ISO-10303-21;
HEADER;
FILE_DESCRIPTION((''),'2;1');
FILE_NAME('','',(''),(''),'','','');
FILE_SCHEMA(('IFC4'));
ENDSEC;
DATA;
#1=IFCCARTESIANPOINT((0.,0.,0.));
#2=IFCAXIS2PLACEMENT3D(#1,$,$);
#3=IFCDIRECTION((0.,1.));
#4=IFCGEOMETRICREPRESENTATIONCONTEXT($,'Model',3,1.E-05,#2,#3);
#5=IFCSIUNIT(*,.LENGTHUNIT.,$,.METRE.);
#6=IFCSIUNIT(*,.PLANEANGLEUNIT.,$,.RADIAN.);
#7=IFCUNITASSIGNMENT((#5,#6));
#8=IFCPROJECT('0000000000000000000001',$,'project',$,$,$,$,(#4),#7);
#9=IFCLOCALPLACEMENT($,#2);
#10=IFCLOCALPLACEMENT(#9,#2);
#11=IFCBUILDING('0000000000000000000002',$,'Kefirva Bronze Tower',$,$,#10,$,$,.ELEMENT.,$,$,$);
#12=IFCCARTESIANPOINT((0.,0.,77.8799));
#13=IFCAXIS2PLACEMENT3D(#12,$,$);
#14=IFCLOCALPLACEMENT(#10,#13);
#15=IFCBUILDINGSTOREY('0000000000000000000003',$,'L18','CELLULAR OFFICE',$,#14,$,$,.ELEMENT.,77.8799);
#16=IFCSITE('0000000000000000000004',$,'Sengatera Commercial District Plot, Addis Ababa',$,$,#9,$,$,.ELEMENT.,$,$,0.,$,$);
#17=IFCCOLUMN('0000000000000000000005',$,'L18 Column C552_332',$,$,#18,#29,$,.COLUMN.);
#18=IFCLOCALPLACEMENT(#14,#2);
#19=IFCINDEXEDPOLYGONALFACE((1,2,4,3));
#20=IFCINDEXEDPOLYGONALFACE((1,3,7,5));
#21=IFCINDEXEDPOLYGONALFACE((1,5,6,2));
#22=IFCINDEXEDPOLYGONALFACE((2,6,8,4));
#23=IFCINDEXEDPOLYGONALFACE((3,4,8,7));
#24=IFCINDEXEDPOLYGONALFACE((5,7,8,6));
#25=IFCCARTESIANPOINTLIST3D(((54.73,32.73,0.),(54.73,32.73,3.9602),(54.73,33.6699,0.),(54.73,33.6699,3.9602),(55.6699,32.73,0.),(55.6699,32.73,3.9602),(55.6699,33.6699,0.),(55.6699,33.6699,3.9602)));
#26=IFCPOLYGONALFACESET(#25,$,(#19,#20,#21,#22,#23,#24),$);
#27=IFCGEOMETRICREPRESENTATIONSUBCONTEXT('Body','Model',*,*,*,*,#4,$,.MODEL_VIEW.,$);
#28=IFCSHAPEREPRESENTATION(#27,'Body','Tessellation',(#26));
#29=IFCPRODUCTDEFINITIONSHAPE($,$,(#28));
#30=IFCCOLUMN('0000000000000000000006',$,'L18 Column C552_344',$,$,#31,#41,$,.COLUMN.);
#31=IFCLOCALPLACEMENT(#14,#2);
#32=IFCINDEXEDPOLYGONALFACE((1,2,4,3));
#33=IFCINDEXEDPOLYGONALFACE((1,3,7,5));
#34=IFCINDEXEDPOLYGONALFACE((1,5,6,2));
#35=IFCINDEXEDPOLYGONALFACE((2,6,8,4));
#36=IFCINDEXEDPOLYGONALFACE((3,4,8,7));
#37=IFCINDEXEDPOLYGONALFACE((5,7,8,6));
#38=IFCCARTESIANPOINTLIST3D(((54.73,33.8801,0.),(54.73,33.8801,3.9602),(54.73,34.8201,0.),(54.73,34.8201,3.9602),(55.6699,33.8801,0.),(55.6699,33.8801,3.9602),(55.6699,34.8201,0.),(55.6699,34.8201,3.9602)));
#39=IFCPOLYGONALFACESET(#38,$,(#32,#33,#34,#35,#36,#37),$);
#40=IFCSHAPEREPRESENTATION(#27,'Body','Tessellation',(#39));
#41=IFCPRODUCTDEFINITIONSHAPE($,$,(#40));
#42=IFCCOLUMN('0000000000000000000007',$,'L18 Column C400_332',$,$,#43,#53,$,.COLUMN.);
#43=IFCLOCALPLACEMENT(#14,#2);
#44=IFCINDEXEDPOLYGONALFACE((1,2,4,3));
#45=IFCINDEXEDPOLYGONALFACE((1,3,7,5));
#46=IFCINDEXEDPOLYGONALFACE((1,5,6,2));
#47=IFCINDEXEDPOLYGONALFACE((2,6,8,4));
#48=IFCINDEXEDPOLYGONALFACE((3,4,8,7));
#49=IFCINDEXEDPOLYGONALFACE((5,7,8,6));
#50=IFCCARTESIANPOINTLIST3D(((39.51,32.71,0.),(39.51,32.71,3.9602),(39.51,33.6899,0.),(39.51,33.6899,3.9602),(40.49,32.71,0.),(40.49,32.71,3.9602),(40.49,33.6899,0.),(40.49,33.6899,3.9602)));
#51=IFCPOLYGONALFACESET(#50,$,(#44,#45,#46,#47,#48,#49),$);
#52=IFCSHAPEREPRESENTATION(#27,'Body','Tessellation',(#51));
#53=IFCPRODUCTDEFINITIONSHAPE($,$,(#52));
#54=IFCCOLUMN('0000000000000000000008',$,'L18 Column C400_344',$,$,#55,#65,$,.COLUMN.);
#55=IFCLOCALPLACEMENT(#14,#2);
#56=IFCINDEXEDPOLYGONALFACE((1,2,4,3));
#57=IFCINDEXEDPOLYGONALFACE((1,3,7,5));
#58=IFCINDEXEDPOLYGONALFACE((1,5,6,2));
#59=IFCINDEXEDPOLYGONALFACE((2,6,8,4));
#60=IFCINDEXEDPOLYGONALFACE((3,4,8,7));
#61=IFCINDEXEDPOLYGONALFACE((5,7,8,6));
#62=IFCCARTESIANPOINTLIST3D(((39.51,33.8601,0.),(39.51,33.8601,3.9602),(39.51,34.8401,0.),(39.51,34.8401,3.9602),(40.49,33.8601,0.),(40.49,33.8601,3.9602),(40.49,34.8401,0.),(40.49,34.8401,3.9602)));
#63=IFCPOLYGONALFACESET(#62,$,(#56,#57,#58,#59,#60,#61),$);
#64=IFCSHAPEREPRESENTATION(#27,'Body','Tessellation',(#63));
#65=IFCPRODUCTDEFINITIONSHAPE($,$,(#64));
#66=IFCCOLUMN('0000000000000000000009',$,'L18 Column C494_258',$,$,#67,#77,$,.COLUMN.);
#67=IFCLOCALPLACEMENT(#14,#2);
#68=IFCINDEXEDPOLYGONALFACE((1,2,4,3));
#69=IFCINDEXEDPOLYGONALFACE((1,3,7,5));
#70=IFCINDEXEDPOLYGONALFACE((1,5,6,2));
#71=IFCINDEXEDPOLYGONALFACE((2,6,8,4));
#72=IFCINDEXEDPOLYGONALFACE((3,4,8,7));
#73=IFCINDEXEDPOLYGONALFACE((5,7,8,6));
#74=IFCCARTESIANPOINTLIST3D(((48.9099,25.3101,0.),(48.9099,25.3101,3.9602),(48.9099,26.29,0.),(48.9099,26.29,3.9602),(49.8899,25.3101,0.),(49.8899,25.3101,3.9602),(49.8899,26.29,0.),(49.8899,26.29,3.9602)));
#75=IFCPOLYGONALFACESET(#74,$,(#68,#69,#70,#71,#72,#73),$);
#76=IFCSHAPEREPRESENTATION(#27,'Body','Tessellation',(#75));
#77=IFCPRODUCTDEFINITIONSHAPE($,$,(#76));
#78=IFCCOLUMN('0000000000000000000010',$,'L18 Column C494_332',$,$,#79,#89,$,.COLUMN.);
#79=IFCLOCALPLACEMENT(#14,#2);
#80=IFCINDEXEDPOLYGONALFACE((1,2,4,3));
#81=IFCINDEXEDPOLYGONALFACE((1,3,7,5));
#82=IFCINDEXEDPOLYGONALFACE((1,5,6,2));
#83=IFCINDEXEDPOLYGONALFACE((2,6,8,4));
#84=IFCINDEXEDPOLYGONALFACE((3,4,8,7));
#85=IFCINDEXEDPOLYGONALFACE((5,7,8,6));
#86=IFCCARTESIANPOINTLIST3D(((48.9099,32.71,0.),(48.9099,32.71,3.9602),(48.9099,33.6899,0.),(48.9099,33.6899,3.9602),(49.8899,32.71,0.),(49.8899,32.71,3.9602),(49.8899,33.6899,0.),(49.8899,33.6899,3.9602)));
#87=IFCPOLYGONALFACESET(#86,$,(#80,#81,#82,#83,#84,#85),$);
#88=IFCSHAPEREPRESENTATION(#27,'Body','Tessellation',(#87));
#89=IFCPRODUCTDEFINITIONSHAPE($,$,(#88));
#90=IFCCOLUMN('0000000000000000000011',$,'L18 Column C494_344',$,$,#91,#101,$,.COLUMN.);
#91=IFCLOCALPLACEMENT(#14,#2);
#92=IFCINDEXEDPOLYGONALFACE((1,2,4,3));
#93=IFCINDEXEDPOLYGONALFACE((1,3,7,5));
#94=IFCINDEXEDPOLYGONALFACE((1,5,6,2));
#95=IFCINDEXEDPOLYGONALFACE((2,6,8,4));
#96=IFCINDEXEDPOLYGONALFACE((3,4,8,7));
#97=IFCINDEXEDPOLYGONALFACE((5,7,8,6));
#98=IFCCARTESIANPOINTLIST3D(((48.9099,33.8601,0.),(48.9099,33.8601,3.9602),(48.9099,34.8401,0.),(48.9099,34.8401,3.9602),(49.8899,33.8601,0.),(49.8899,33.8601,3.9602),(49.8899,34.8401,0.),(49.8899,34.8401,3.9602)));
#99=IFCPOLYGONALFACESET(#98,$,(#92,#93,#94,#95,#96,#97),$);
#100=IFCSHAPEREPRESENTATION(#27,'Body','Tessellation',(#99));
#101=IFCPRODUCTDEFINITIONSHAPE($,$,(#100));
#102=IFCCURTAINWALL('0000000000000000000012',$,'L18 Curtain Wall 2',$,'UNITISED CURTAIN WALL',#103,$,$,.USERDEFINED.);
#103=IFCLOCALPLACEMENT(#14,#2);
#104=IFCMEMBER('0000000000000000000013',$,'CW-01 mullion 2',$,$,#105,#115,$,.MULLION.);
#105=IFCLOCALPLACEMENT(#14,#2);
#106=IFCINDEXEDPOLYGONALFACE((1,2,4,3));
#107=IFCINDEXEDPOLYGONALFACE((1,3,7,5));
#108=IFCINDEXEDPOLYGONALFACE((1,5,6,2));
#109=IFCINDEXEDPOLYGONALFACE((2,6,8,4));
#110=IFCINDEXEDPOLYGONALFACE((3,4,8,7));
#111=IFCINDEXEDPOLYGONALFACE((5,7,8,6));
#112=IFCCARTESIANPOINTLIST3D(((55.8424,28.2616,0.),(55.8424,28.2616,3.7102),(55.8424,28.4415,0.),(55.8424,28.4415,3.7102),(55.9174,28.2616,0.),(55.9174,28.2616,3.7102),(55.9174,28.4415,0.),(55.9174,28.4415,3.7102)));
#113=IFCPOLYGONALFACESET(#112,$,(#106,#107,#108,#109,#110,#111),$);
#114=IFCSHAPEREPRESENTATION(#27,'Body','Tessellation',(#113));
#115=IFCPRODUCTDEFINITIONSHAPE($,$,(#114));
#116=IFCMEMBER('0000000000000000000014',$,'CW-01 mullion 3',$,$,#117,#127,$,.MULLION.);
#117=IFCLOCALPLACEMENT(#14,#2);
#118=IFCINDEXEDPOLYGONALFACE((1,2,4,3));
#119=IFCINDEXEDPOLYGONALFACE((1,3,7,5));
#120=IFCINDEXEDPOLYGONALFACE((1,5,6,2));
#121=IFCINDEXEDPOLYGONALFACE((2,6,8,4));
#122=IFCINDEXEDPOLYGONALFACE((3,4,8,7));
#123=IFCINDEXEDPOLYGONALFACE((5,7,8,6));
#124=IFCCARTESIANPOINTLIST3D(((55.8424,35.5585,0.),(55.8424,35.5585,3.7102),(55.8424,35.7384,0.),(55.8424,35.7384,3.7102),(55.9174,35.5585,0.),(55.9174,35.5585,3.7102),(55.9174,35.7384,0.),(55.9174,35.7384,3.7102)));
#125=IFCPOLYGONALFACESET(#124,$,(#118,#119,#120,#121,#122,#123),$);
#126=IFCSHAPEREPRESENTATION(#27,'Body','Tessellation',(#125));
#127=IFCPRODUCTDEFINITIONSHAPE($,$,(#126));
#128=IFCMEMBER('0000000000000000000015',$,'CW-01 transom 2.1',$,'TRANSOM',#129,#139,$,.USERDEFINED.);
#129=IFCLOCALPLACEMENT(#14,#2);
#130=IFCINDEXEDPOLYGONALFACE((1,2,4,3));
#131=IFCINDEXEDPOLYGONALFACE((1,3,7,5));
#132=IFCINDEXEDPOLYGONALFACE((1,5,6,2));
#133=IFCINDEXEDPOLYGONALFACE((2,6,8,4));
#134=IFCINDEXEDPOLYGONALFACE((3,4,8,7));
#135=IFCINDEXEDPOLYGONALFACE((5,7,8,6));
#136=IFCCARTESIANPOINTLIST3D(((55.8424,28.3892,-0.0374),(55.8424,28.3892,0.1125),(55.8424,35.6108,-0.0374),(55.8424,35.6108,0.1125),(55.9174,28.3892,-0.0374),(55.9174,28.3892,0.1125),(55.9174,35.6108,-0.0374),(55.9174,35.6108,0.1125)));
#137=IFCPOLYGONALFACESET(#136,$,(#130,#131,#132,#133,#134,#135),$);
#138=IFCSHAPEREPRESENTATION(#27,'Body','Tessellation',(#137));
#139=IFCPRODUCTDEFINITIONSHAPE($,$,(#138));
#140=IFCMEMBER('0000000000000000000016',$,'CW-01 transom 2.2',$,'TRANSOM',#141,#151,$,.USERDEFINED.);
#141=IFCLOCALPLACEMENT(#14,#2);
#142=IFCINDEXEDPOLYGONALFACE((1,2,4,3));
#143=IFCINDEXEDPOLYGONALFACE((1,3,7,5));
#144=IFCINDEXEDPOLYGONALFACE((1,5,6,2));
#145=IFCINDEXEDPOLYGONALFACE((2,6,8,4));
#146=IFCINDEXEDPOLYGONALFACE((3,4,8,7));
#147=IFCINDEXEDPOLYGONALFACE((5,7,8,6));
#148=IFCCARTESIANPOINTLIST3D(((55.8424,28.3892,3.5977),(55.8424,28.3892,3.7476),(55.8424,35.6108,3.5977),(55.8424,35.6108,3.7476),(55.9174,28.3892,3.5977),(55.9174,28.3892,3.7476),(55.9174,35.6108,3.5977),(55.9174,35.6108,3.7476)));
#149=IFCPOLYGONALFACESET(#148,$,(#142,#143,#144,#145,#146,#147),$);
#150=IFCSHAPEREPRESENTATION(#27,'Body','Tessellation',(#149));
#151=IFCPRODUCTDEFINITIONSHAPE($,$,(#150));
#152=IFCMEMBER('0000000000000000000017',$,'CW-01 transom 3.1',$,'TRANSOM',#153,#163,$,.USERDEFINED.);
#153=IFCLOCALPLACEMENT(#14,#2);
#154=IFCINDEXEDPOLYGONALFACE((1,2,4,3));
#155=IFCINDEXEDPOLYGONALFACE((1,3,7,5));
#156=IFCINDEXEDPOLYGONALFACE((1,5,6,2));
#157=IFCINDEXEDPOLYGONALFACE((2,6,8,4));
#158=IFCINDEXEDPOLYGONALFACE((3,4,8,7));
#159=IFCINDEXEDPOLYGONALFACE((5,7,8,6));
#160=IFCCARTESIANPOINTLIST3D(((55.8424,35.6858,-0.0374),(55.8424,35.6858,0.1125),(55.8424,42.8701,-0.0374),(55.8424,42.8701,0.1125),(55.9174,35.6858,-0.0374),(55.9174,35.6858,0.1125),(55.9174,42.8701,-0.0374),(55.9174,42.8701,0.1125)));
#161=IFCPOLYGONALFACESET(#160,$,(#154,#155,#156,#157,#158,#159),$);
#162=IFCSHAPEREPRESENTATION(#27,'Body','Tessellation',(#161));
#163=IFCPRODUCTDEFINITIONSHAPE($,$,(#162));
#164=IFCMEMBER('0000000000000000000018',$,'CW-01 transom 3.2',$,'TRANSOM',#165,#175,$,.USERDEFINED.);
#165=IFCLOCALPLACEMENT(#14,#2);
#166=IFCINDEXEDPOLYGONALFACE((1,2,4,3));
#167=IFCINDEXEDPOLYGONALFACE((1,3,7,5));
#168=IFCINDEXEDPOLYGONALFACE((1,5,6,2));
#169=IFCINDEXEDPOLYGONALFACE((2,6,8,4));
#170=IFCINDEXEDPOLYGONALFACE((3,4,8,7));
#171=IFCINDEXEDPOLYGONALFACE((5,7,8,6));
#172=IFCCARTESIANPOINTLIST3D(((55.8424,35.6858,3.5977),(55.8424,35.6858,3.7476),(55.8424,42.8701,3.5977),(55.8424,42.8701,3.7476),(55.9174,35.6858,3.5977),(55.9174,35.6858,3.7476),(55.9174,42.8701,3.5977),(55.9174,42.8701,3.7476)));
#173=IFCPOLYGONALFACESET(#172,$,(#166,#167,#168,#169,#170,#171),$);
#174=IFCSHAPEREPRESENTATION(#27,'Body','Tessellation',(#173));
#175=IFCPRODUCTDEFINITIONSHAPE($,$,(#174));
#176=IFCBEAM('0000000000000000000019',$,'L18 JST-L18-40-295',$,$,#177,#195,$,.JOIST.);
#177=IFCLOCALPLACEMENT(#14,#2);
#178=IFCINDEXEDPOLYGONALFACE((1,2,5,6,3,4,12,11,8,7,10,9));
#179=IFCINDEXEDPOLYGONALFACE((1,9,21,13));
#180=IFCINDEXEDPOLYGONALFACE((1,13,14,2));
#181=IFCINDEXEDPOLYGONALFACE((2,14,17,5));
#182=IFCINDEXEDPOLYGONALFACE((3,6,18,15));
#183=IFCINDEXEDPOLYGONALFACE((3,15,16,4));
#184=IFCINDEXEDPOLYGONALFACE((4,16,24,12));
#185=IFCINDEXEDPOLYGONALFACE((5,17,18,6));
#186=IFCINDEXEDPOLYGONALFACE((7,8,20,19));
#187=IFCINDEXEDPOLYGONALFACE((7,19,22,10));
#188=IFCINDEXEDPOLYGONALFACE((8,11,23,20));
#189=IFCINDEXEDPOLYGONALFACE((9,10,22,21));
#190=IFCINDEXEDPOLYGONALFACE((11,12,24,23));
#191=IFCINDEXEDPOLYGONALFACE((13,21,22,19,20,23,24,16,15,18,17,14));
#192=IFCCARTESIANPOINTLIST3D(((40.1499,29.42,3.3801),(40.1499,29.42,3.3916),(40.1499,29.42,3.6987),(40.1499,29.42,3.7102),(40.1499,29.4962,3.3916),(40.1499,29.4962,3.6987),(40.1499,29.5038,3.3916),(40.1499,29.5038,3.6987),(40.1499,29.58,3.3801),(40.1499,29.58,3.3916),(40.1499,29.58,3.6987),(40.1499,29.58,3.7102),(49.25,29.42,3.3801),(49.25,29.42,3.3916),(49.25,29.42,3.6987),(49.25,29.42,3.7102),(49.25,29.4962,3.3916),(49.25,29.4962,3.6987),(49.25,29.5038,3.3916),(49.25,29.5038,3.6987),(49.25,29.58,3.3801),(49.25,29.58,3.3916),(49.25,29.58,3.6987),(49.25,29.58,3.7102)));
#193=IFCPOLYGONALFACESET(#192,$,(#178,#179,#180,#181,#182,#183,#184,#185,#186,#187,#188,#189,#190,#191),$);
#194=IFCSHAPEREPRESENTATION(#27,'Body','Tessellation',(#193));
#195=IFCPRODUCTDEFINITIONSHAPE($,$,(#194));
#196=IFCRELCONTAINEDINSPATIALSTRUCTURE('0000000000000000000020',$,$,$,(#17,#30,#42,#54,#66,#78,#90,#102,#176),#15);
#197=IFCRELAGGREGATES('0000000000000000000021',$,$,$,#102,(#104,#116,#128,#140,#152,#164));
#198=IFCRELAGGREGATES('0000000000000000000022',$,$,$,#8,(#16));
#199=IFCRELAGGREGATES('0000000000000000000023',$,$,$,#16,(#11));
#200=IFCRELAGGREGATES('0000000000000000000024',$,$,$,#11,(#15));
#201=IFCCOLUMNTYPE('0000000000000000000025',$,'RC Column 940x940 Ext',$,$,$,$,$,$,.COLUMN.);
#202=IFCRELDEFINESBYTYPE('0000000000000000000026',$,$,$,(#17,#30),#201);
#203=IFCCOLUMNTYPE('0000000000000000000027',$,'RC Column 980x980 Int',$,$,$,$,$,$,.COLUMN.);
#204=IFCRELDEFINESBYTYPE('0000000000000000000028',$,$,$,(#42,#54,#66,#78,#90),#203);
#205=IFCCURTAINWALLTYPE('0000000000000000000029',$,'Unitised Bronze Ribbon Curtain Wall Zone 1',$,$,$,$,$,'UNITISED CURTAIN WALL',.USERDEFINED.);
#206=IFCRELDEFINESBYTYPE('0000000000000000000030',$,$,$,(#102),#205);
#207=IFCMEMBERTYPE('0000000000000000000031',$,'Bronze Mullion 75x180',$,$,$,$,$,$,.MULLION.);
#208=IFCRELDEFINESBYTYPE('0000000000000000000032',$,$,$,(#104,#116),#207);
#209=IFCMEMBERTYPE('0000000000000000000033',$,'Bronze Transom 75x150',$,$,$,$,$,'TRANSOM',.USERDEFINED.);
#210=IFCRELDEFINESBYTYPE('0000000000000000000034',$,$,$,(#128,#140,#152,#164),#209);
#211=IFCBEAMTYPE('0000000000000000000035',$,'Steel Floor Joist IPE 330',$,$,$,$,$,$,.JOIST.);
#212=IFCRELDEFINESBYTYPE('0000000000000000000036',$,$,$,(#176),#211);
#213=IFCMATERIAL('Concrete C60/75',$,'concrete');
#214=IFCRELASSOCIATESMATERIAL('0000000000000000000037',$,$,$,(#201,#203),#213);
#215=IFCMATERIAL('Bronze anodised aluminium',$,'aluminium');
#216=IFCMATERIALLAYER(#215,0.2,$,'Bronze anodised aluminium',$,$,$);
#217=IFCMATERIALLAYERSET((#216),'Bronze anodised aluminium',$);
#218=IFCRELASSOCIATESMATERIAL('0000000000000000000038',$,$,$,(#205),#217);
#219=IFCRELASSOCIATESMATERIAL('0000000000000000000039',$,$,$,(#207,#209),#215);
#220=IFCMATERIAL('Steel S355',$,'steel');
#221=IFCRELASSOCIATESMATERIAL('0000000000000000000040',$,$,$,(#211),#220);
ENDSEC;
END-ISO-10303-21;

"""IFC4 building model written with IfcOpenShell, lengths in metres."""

from ifc_helpers import new_model, si_unit, direction, frame, origin, origin_2d, place, context, subcontext, project, spatial, rectangle, i_section, extrude, material, layer, layer_set, material_profile, profile_set, type_object, element, aggregate, save


model = new_model("IFC4")

# Units and contexts
model_context = context("Model", 3, precision=1e-05, world=origin(), true_north=direction((0.0, 1.0)))
body_context = subcontext(model_context, "Body", "Model", "MODEL_VIEW")
ifc_project = project(units=[si_unit("LENGTHUNIT", "METRE"), si_unit("PLANEANGLEUNIT", "RADIAN")], contexts=[model_context])

# Site, building, storey
site_placement = place(None, origin())
site = spatial("IfcSite", under=ifc_project, at=site_placement, Name="Sengatera Commercial District Plot, Addis Ababa", CompositionType="ELEMENT", RefElevation=0.0)
building_placement = place(site_placement, origin())
building = spatial("IfcBuilding", under=site, at=building_placement, Name="Kefirva Bronze Tower", CompositionType="ELEMENT")
storey_placement = place(building_placement, frame((0.0, 0.0, 77.8799)))
storey = spatial("IfcBuildingStorey", under=building, at=storey_placement, Name="L18", Description="CELLULAR OFFICE", CompositionType="ELEMENT", Elevation=77.8799)

# Columns
ifc_material_1 = material(Name="Concrete C60/75", Category="concrete")
ifc_material_profile_1 = material_profile(ifc_material_1, rectangle(XDim=0.9399, YDim=0.9399, at=origin_2d()), Name="RC 940x940")
ifc_profile_set_1 = profile_set([ifc_material_profile_1], Name="Concrete C60/75")
column_type_1 = type_object("IfcColumnType", Name="RC Column 940x940 Ext", PredefinedType="COLUMN", material=ifc_profile_set_1)
for number, where, z_axis, x_axis, name in (
    (1, (55.2, 33.2, 0.0), (0.0, 0.0, 1.0), (1.0, 0.0, 0.0), "L18 Column C552_332"),
    (2, (55.2, 34.3501, 0.0), (0.0, 0.0, 1.0), (1.0, 0.0, 0.0), "L18 Column C552_344"),
):
    element("IfcColumn", number, at=place(storey_placement, frame(where, z_axis=z_axis, x_axis=x_axis)), inside=storey, type_object=column_type_1, Name=name, PredefinedType="COLUMN", context=body_context, shape_type="SweptSolid", body=[
        extrude(rectangle(XDim=0.9399, YDim=0.9399, at=origin_2d()), origin(), (0.0, 0.0, 1.0), 3.9602),
    ])
ifc_material_profile_2 = material_profile(ifc_material_1, rectangle(XDim=0.98, YDim=0.98, at=origin_2d()), Name="RC 980x980")
ifc_profile_set_2 = profile_set([ifc_material_profile_2], Name="Concrete C60/75")
column_type_2 = type_object("IfcColumnType", Name="RC Column 980x980 Int", PredefinedType="COLUMN", material=ifc_profile_set_2)
for number, where, z_axis, x_axis, name in (
    (3, (40.0, 33.2, 0.0), (0.0, 0.0, 1.0), (1.0, 0.0, 0.0), "L18 Column C400_332"),
    (4, (40.0, 34.3501, 0.0), (0.0, 0.0, 1.0), (1.0, 0.0, 0.0), "L18 Column C400_344"),
    (5, (49.3999, 25.8, 0.0), (0.0, 0.0, 1.0), (1.0, 0.0, 0.0), "L18 Column C494_258"),
    (6, (49.3999, 33.2, 0.0), (0.0, 0.0, 1.0), (1.0, 0.0, 0.0), "L18 Column C494_332"),
    (7, (49.3999, 34.3501, 0.0), (0.0, 0.0, 1.0), (1.0, 0.0, 0.0), "L18 Column C494_344"),
):
    element("IfcColumn", number, at=place(storey_placement, frame(where, z_axis=z_axis, x_axis=x_axis)), inside=storey, type_object=column_type_2, Name=name, PredefinedType="COLUMN", context=body_context, shape_type="SweptSolid", body=[
        extrude(rectangle(XDim=0.98, YDim=0.98, at=origin_2d()), origin(), (0.0, 0.0, 1.0), 3.9602),
    ])

# Curtain wall, members
ifc_material_2 = material(Name="Bronze anodised aluminium", Category="aluminium")
ifc_layer_1 = layer(ifc_material_2, 0.2, Name="Bronze anodised aluminium")
ifc_layer_set_1 = layer_set([ifc_layer_1], Name="Bronze anodised aluminium")
curtain_wall_type = type_object("IfcCurtainWallType", Name="Unitised Bronze Ribbon Curtain Wall Zone 1", ElementType="UNITISED CURTAIN WALL", PredefinedType="USERDEFINED", material=ifc_layer_set_1)
curtain_wall_placement = place(storey_placement, origin())
curtain_wall = element("IfcCurtainWall", 8, at=curtain_wall_placement, inside=storey, type_object=curtain_wall_type, Name="L18 Curtain Wall 2", ObjectType="UNITISED CURTAIN WALL", PredefinedType="USERDEFINED")
ifc_material_profile_3 = material_profile(ifc_material_2, rectangle(XDim=0.075, YDim=0.1799, at=origin_2d()), Name="ALU 75x180")
ifc_profile_set_3 = profile_set([ifc_material_profile_3], Name="Bronze anodised aluminium")
member_type_1 = type_object("IfcMemberType", Name="Bronze Mullion 75x180", PredefinedType="MULLION", material=ifc_profile_set_3)
member_1_placement = place(storey_placement, frame((55.8799, 28.3516, 0.0), z_axis=(0.0, 0.0, 1.0), x_axis=(-1.0, 0.0, 0.0)))
member_1 = element("IfcMember", 9, at=member_1_placement, type_object=member_type_1, Name="CW-01 mullion 2", PredefinedType="MULLION", context=body_context, shape_type="SweptSolid", body=[
    extrude(rectangle(XDim=0.075, YDim=0.1799, at=origin_2d()), origin(), (0.0, 0.0, 1.0), 3.7102),
])
member_2_placement = place(storey_placement, frame((55.8799, 35.6484, 0.0), z_axis=(0.0, 0.0, 1.0), x_axis=(-1.0, 0.0, 0.0)))
member_2 = element("IfcMember", 10, at=member_2_placement, type_object=member_type_1, Name="CW-01 mullion 3", PredefinedType="MULLION", context=body_context, shape_type="SweptSolid", body=[
    extrude(rectangle(XDim=0.075, YDim=0.1799, at=origin_2d()), origin(), (0.0, 0.0, 1.0), 3.7102),
])
ifc_material_profile_4 = material_profile(ifc_material_2, rectangle(XDim=0.075, YDim=0.1499, at=origin_2d()), Name="ALU 75x150")
ifc_profile_set_4 = profile_set([ifc_material_profile_4], Name="Bronze anodised aluminium")
member_type_2 = type_object("IfcMemberType", Name="Bronze Transom 75x150", ElementType="TRANSOM", PredefinedType="USERDEFINED", material=ifc_profile_set_4)
member_3_placement = place(storey_placement, frame((55.8799, 28.3892, 0.0376), z_axis=(0.0, 1.0, 0.0), x_axis=(-1.0, 0.0, 0.0)))
member_3 = element("IfcMember", 11, at=member_3_placement, type_object=member_type_2, Name="CW-01 transom 2.1", ObjectType="TRANSOM", PredefinedType="USERDEFINED", context=body_context, shape_type="SweptSolid", body=[
    extrude(rectangle(XDim=0.075, YDim=0.1499, at=origin_2d()), origin(), (0.0, 0.0, 1.0), 7.2217),
])
member_4_placement = place(storey_placement, frame((55.8799, 28.3892, 3.6726), z_axis=(0.0, 1.0, 0.0), x_axis=(-1.0, 0.0, 0.0)))
member_4 = element("IfcMember", 12, at=member_4_placement, type_object=member_type_2, Name="CW-01 transom 2.2", ObjectType="TRANSOM", PredefinedType="USERDEFINED", context=body_context, shape_type="SweptSolid", body=[
    extrude(rectangle(XDim=0.075, YDim=0.1499, at=origin_2d()), origin(), (0.0, 0.0, 1.0), 7.2217),
])
member_5_placement = place(storey_placement, frame((55.8799, 35.6858, 0.0376), z_axis=(0.0, 1.0, 0.0), x_axis=(-1.0, 0.0, 0.0)))
member_5 = element("IfcMember", 13, at=member_5_placement, type_object=member_type_2, Name="CW-01 transom 3.1", ObjectType="TRANSOM", PredefinedType="USERDEFINED", context=body_context, shape_type="SweptSolid", body=[
    extrude(rectangle(XDim=0.075, YDim=0.1499, at=origin_2d()), origin(), (0.0, 0.0, 1.0), 7.1843),
])
member_6_placement = place(storey_placement, frame((55.8799, 35.6858, 3.6726), z_axis=(0.0, 1.0, 0.0), x_axis=(-1.0, 0.0, 0.0)))
member_6 = element("IfcMember", 14, at=member_6_placement, type_object=member_type_2, Name="CW-01 transom 3.2", ObjectType="TRANSOM", PredefinedType="USERDEFINED", context=body_context, shape_type="SweptSolid", body=[
    extrude(rectangle(XDim=0.075, YDim=0.1499, at=origin_2d()), origin(), (0.0, 0.0, 1.0), 7.1843),
])

# Beam
ifc_material_3 = material(Name="Steel S355", Category="steel")
ifc_material_profile_5 = material_profile(ifc_material_3, i_section(OverallWidth=0.1599, OverallDepth=0.3301, WebThickness=0.0076, FlangeThickness=0.0115, at=origin_2d()), Name="IPE 330")
ifc_profile_set_5 = profile_set([ifc_material_profile_5], Name="Steel S355")
beam_type_1 = type_object("IfcBeamType", Name="Steel Floor Joist IPE 330", PredefinedType="JOIST", material=ifc_profile_set_5)
beam_1_placement = place(storey_placement, frame((40.1499, 29.5, 3.5452), z_axis=(1.0, 0.0, 0.0), x_axis=(0.0, 1.0, 0.0)))
element("IfcBeam", 15, at=beam_1_placement, inside=storey, type_object=beam_type_1, Name="L18 JST-L18-40-295", PredefinedType="JOIST", context=body_context, shape_type="SweptSolid", body=[
    extrude(i_section(OverallWidth=0.1599, OverallDepth=0.3301, WebThickness=0.0076, FlangeThickness=0.0115, at=origin_2d()), origin(), (0.0, 0.0, 1.0), 9.1001),
])

aggregate(curtain_wall, [member_1, member_2, member_3, member_4, member_5, member_6])

save(model, "model.ifc")
